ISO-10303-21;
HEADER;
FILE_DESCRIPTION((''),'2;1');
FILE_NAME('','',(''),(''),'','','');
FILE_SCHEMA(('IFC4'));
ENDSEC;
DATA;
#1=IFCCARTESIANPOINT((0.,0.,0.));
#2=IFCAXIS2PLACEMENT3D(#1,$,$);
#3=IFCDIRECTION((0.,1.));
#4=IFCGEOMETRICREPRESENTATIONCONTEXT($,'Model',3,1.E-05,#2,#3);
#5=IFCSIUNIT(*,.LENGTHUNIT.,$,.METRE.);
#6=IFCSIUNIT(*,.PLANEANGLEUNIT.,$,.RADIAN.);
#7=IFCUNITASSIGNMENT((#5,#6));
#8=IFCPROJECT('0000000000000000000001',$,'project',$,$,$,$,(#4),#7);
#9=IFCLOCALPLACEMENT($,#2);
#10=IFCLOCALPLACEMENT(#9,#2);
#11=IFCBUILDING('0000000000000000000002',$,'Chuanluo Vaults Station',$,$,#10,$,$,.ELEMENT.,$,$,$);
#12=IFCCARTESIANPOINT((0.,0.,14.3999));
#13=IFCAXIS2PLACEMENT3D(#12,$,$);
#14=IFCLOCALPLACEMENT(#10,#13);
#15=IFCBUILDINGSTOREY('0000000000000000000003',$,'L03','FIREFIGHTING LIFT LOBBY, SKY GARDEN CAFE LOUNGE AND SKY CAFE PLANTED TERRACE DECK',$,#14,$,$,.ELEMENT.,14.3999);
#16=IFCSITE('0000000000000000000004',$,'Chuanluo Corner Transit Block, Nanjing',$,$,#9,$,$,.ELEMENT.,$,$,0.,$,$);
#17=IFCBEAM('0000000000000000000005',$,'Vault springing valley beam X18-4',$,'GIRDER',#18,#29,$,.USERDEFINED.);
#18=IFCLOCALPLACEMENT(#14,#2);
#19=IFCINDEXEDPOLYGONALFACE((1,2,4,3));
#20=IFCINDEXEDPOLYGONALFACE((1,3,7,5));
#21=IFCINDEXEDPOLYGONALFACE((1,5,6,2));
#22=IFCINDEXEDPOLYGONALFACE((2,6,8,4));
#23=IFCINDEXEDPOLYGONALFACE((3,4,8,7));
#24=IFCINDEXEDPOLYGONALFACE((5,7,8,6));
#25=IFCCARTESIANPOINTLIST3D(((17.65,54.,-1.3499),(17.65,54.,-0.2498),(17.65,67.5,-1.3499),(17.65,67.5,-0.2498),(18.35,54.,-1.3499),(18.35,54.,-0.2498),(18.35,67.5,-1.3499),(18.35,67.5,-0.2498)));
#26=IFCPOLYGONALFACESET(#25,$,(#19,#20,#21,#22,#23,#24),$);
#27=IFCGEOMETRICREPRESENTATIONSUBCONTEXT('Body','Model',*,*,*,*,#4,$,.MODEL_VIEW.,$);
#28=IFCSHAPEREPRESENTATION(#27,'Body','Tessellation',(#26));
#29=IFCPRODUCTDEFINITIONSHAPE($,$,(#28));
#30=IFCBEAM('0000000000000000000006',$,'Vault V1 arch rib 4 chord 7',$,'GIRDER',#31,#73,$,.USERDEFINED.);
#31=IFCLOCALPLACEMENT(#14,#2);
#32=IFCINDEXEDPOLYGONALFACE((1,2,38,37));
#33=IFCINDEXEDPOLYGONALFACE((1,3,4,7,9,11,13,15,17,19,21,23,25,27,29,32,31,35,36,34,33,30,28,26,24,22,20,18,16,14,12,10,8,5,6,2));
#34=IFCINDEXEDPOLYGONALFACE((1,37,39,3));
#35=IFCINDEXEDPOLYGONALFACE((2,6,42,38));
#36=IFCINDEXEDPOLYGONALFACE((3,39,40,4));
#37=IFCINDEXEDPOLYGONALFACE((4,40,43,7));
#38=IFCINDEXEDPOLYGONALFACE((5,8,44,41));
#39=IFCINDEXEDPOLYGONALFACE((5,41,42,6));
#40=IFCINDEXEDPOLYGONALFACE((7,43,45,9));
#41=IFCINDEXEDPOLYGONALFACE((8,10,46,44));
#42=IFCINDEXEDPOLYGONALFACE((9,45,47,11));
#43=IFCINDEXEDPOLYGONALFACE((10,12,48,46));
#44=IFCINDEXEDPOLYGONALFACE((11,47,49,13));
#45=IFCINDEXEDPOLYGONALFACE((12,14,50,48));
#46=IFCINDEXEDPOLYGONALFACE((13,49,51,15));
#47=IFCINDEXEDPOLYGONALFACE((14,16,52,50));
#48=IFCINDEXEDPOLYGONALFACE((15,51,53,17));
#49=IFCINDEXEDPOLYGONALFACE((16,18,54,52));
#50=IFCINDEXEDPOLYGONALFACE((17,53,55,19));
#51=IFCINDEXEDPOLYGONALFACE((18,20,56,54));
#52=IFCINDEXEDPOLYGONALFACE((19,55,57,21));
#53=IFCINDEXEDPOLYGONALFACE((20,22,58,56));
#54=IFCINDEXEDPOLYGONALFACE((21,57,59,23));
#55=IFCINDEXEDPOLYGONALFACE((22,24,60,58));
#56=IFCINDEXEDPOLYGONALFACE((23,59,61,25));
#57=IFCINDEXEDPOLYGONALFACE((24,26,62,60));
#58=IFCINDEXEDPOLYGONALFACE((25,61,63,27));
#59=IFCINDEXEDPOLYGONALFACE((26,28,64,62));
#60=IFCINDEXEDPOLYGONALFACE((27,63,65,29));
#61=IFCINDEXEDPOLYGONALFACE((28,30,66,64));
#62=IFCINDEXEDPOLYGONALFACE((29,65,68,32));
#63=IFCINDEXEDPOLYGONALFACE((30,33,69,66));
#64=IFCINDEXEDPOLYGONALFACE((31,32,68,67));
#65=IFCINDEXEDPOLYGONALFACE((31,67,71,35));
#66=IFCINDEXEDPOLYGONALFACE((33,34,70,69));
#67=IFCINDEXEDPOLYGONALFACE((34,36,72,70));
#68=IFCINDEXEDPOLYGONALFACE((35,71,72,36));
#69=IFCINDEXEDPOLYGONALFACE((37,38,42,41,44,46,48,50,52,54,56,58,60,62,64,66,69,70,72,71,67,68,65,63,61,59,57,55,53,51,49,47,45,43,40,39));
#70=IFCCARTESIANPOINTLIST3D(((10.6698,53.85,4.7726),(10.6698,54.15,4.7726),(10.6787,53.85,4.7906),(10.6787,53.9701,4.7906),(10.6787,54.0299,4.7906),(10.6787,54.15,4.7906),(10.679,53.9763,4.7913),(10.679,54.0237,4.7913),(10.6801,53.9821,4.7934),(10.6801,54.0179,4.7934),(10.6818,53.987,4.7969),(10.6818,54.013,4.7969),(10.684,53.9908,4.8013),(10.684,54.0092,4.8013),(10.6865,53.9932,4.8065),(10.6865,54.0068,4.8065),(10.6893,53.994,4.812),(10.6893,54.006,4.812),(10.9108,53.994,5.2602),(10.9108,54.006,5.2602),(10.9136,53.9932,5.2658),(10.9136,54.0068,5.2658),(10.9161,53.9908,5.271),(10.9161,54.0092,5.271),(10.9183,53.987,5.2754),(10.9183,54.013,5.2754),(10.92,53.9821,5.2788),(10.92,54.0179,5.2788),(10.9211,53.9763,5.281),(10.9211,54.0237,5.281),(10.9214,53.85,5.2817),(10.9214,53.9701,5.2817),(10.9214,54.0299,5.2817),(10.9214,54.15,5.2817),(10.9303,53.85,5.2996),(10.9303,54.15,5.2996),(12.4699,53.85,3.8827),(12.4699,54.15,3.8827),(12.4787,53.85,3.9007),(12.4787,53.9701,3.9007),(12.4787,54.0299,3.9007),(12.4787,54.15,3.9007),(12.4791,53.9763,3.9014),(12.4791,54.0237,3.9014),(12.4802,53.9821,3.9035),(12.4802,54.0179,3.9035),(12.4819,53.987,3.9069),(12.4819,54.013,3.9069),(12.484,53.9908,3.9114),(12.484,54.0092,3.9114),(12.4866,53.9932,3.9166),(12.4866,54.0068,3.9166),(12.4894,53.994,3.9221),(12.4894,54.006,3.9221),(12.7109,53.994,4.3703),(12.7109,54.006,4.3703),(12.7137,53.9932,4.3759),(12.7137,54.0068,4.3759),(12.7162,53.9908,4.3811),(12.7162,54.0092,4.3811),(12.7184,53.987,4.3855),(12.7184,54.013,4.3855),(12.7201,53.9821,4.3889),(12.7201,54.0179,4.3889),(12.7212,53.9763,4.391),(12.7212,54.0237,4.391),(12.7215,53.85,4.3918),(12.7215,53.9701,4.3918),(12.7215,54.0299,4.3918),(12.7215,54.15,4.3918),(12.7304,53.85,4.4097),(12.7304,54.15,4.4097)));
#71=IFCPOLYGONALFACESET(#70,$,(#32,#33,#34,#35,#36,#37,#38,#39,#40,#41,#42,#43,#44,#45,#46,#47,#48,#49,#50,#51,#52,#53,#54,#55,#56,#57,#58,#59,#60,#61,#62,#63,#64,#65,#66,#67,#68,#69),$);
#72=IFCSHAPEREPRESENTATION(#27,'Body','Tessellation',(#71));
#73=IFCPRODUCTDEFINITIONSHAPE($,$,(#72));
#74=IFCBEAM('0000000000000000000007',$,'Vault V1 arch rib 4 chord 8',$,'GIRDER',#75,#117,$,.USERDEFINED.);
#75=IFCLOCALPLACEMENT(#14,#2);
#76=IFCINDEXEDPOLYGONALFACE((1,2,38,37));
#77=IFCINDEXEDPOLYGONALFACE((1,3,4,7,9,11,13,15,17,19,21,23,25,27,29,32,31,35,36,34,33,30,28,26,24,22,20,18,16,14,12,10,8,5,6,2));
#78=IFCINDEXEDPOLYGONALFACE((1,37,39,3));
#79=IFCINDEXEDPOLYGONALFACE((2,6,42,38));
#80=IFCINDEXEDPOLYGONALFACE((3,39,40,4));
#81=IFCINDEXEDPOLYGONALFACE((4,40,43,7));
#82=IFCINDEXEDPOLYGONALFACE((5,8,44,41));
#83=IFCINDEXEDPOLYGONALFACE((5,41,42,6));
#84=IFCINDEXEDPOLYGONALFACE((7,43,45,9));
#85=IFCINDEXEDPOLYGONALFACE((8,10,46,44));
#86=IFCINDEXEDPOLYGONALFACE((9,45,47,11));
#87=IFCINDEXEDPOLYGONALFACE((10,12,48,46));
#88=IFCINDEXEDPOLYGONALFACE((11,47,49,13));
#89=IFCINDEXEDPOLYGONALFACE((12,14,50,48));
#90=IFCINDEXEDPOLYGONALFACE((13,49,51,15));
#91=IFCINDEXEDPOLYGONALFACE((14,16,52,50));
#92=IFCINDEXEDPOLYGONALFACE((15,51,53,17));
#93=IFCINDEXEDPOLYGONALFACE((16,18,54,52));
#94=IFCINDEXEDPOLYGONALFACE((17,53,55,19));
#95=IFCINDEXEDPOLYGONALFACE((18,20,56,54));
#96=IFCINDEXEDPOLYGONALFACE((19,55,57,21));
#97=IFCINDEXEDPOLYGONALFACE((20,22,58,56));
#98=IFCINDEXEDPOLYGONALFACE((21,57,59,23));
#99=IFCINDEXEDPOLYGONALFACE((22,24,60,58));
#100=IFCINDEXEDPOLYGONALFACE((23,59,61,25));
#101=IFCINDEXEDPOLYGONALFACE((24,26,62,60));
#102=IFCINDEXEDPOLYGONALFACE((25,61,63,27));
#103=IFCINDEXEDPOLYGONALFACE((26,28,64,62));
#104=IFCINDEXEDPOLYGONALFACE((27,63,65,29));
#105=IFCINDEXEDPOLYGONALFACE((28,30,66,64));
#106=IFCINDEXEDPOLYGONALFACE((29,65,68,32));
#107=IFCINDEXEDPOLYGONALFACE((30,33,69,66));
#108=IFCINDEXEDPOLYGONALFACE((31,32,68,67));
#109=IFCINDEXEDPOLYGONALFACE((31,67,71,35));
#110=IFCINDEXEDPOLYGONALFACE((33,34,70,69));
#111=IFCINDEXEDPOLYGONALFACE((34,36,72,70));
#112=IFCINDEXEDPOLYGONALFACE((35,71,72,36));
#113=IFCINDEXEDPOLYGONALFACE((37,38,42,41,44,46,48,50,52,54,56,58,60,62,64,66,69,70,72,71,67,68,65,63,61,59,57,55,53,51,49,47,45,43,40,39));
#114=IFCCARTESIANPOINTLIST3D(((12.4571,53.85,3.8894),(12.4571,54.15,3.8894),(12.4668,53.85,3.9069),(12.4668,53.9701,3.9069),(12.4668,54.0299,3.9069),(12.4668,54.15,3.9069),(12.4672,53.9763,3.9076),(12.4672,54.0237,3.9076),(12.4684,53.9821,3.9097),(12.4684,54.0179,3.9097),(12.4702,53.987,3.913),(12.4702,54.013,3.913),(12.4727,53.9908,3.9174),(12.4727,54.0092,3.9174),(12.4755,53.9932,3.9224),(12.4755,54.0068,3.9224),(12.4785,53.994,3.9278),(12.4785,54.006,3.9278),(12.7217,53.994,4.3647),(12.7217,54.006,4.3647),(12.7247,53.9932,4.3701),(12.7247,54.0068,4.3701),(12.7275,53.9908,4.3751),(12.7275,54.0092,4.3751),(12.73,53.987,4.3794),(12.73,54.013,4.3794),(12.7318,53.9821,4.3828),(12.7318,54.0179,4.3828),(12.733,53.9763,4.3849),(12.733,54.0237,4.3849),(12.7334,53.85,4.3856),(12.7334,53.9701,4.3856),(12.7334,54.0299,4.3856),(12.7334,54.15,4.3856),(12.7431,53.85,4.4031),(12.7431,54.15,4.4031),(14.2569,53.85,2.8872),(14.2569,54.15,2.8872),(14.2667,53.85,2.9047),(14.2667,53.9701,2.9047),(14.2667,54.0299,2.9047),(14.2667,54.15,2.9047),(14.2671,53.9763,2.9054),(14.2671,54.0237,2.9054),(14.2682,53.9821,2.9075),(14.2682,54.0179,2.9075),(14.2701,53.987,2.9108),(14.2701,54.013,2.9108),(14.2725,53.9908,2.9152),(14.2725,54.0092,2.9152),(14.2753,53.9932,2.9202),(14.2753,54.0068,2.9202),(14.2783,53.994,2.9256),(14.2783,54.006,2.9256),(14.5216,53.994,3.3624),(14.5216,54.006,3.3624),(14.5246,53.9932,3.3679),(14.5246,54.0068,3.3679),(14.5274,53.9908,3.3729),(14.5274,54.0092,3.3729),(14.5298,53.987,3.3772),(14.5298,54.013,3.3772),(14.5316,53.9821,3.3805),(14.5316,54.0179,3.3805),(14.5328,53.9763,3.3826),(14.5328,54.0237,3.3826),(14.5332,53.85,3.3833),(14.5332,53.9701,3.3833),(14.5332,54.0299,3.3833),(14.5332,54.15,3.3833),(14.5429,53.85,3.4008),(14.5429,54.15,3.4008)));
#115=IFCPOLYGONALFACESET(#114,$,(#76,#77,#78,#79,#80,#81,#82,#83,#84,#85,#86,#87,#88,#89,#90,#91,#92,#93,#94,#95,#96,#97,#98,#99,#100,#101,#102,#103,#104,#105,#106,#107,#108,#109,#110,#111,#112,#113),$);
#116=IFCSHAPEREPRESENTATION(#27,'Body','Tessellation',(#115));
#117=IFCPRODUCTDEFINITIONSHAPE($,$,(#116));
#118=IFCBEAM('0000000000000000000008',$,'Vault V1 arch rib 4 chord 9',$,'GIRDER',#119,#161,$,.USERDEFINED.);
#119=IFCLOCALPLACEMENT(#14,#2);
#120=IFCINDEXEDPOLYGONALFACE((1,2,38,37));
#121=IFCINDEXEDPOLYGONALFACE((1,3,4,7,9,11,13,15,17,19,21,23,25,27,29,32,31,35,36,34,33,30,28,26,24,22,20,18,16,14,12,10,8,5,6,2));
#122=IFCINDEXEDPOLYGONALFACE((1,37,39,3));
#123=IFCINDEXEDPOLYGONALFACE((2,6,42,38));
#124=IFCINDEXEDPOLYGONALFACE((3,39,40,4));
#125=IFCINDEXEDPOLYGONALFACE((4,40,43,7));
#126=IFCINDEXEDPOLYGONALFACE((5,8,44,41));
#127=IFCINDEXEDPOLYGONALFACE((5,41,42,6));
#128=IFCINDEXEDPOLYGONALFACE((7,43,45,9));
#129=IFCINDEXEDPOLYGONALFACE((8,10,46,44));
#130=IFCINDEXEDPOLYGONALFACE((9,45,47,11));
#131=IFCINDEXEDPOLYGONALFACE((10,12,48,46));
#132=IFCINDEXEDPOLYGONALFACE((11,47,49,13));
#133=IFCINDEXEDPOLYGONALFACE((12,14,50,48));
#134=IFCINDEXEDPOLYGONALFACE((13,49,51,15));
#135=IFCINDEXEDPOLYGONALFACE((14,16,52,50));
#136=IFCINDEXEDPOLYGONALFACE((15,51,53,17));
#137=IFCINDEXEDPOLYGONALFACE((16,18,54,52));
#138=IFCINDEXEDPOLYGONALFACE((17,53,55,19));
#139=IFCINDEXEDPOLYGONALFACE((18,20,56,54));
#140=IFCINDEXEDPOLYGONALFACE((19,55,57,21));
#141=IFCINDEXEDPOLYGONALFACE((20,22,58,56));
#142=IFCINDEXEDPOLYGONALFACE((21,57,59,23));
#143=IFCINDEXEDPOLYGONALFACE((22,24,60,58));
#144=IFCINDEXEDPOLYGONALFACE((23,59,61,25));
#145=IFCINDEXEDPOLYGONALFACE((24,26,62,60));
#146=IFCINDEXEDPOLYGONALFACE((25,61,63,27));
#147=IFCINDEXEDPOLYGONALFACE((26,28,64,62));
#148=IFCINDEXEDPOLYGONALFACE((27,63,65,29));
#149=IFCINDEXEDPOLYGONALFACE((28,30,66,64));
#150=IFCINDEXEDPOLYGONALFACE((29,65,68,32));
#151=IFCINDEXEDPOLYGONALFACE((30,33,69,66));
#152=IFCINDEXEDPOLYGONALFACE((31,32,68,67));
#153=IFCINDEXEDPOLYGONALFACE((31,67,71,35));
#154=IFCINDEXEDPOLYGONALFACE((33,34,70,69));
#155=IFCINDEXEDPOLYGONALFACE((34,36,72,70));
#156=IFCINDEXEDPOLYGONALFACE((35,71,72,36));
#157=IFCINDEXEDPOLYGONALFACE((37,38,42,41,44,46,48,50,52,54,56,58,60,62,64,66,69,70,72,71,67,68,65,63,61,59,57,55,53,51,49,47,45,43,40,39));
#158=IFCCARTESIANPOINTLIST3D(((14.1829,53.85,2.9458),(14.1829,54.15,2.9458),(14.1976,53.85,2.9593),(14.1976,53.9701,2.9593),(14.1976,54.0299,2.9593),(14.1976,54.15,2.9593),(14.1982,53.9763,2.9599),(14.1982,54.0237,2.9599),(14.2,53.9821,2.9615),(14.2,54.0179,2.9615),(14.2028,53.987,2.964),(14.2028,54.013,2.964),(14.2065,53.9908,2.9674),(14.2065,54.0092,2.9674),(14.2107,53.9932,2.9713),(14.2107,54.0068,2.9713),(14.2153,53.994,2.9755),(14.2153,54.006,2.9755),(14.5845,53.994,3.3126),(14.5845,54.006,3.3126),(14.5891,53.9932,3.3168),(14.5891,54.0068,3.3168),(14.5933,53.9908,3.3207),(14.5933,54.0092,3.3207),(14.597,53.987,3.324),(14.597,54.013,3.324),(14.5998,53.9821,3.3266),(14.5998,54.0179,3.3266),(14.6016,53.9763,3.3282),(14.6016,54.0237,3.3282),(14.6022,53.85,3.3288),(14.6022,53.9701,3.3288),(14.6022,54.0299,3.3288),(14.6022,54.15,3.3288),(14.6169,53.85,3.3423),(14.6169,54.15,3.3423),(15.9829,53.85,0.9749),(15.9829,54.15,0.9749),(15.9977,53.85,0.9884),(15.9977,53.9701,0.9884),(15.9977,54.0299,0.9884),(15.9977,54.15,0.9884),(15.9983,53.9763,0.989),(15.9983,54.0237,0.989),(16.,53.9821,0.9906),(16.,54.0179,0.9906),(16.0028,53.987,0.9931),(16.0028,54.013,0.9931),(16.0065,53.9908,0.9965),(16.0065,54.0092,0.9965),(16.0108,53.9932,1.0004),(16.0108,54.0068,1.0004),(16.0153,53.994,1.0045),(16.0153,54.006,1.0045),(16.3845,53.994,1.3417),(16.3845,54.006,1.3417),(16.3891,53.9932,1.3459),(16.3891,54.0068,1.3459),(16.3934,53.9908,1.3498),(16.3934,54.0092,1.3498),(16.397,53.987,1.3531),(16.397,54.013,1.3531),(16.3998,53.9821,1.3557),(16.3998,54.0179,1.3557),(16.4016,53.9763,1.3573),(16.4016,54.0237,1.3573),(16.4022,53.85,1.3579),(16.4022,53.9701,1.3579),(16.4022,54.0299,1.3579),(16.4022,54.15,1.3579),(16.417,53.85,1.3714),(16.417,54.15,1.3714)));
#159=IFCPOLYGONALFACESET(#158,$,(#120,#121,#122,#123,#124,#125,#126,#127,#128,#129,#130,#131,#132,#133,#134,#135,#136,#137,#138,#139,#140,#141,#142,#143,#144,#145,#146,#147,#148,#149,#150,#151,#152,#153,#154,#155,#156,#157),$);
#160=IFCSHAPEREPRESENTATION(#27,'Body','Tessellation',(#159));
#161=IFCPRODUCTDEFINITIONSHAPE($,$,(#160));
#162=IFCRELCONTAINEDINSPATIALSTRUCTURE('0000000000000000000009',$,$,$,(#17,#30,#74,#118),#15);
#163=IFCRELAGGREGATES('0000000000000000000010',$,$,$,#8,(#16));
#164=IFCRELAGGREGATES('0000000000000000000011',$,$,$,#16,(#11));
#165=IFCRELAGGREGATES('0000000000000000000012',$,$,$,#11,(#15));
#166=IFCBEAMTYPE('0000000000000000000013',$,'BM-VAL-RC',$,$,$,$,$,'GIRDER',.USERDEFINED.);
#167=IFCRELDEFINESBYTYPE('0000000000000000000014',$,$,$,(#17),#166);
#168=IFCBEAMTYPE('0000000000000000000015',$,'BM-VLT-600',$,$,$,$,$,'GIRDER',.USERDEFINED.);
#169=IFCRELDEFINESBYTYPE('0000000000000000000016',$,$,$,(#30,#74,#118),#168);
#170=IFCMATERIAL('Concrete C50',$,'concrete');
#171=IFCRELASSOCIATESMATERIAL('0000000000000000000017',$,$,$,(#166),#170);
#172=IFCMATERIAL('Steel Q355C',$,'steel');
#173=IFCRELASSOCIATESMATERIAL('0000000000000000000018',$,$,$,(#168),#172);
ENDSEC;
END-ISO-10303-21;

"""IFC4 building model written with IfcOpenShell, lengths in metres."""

from ifc_helpers import new_model, si_unit, direction, frame, origin, origin_2d, place, context, subcontext, project, spatial, rectangle, i_section, extrude, material, material_profile, profile_set, type_object, element, save


model = new_model("IFC4")

# Units and contexts
model_context = context("Model", 3, precision=1e-05, world=origin(), true_north=direction((0.0, 1.0)))
body_context = subcontext(model_context, "Body", "Model", "MODEL_VIEW")
ifc_project = project(units=[si_unit("LENGTHUNIT", "METRE"), si_unit("PLANEANGLEUNIT", "RADIAN")], contexts=[model_context])

# Site, building, storey
site_placement = place(None, origin())
site = spatial("IfcSite", under=ifc_project, at=site_placement, Name="Chuanluo Corner Transit Block, Nanjing", CompositionType="ELEMENT", RefElevation=0.0)
building_placement = place(site_placement, origin())
building = spatial("IfcBuilding", under=site, at=building_placement, Name="Chuanluo Vaults Station", CompositionType="ELEMENT")
storey_placement = place(building_placement, frame((0.0, 0.0, 14.3999)))
storey = spatial("IfcBuildingStorey", under=building, at=storey_placement, Name="L03", Description="FIREFIGHTING LIFT LOBBY, SKY GARDEN CAFE LOUNGE AND SKY CAFE PLANTED TERRACE DECK", CompositionType="ELEMENT", Elevation=14.3999)

# Beams
ifc_material_1 = material(Name="Concrete C50", Category="concrete")
ifc_material_profile_1 = material_profile(ifc_material_1, rectangle(XDim=0.7, YDim=1.1001, at=origin_2d()))
ifc_profile_set_1 = profile_set([ifc_material_profile_1], Name="Concrete C50")
beam_type_1 = type_object("IfcBeamType", Name="BM-VAL-RC", ElementType="GIRDER", PredefinedType="USERDEFINED", material=ifc_profile_set_1)
beam_1_placement = place(storey_placement, frame((18.0, 54.0, -0.7998), z_axis=(0.0, 1.0, 0.0), x_axis=(-1.0, 0.0, 0.0)))
element("IfcBeam", 1, at=beam_1_placement, inside=storey, type_object=beam_type_1, Name="Vault springing valley beam X18-4", ObjectType="GIRDER", PredefinedType="USERDEFINED", context=body_context, shape_type="SweptSolid", body=[
    extrude(rectangle(XDim=0.7, YDim=1.1001, at=origin_2d()), origin(), (0.0, 0.0, 1.0), 13.5),
])
ifc_material_2 = material(Name="Steel Q355C", Category="steel")
ifc_material_profile_2 = material_profile(ifc_material_2, i_section(OverallWidth=0.3, OverallDepth=0.5879, WebThickness=0.012, FlangeThickness=0.02, FilletRadius=0.0239, at=origin_2d()))
ifc_profile_set_2 = profile_set([ifc_material_profile_2], Name="Steel Q355C")
beam_type_2 = type_object("IfcBeamType", Name="BM-VLT-600", ElementType="GIRDER", PredefinedType="USERDEFINED", material=ifc_profile_set_2)
beam_2_placement = place(storey_placement, frame((10.8, 54.0, 5.0361), z_axis=(0.896436, 0.0, -0.443172), x_axis=(0.0, 1.0, 0.0)))
element("IfcBeam", 2, at=beam_2_placement, inside=storey, type_object=beam_type_2, Name="Vault V1 arch rib 4 chord 7", ObjectType="GIRDER", PredefinedType="USERDEFINED", context=body_context, shape_type="SweptSolid", body=[
    extrude(i_section(OverallWidth=0.3, OverallDepth=0.5879, WebThickness=0.012, FlangeThickness=0.02, FilletRadius=0.0239, at=origin_2d()), origin(), (0.0, 0.0, 1.0), 2.0081),
])
beam_3_placement = place(storey_placement, frame((12.6001, 54.0, 4.1462), z_axis=(0.873682, 0.0, -0.486498), x_axis=(0.0, 1.0, 0.0)))
element("IfcBeam", 3, at=beam_3_placement, inside=storey, type_object=beam_type_2, Name="Vault V1 arch rib 4 chord 8", ObjectType="GIRDER", PredefinedType="USERDEFINED", context=body_context, shape_type="SweptSolid", body=[
    extrude(i_section(OverallWidth=0.3, OverallDepth=0.5879, WebThickness=0.012, FlangeThickness=0.02, FilletRadius=0.0239, at=origin_2d()), origin(), (0.0, 0.0, 1.0), 2.0601),
])
beam_4_placement = place(storey_placement, frame((14.3999, 54.0, 3.144), z_axis=(0.674369, 0.0, -0.738394), x_axis=(0.0, 1.0, 0.0)))
element("IfcBeam", 4, at=beam_4_placement, inside=storey, type_object=beam_type_2, Name="Vault V1 arch rib 4 chord 9", ObjectType="GIRDER", PredefinedType="USERDEFINED", context=body_context, shape_type="SweptSolid", body=[
    extrude(i_section(OverallWidth=0.3, OverallDepth=0.5879, WebThickness=0.012, FlangeThickness=0.02, FilletRadius=0.0239, at=origin_2d()), origin(), (0.0, 0.0, 1.0), 2.6692),
])

save(model, "model.ifc")
